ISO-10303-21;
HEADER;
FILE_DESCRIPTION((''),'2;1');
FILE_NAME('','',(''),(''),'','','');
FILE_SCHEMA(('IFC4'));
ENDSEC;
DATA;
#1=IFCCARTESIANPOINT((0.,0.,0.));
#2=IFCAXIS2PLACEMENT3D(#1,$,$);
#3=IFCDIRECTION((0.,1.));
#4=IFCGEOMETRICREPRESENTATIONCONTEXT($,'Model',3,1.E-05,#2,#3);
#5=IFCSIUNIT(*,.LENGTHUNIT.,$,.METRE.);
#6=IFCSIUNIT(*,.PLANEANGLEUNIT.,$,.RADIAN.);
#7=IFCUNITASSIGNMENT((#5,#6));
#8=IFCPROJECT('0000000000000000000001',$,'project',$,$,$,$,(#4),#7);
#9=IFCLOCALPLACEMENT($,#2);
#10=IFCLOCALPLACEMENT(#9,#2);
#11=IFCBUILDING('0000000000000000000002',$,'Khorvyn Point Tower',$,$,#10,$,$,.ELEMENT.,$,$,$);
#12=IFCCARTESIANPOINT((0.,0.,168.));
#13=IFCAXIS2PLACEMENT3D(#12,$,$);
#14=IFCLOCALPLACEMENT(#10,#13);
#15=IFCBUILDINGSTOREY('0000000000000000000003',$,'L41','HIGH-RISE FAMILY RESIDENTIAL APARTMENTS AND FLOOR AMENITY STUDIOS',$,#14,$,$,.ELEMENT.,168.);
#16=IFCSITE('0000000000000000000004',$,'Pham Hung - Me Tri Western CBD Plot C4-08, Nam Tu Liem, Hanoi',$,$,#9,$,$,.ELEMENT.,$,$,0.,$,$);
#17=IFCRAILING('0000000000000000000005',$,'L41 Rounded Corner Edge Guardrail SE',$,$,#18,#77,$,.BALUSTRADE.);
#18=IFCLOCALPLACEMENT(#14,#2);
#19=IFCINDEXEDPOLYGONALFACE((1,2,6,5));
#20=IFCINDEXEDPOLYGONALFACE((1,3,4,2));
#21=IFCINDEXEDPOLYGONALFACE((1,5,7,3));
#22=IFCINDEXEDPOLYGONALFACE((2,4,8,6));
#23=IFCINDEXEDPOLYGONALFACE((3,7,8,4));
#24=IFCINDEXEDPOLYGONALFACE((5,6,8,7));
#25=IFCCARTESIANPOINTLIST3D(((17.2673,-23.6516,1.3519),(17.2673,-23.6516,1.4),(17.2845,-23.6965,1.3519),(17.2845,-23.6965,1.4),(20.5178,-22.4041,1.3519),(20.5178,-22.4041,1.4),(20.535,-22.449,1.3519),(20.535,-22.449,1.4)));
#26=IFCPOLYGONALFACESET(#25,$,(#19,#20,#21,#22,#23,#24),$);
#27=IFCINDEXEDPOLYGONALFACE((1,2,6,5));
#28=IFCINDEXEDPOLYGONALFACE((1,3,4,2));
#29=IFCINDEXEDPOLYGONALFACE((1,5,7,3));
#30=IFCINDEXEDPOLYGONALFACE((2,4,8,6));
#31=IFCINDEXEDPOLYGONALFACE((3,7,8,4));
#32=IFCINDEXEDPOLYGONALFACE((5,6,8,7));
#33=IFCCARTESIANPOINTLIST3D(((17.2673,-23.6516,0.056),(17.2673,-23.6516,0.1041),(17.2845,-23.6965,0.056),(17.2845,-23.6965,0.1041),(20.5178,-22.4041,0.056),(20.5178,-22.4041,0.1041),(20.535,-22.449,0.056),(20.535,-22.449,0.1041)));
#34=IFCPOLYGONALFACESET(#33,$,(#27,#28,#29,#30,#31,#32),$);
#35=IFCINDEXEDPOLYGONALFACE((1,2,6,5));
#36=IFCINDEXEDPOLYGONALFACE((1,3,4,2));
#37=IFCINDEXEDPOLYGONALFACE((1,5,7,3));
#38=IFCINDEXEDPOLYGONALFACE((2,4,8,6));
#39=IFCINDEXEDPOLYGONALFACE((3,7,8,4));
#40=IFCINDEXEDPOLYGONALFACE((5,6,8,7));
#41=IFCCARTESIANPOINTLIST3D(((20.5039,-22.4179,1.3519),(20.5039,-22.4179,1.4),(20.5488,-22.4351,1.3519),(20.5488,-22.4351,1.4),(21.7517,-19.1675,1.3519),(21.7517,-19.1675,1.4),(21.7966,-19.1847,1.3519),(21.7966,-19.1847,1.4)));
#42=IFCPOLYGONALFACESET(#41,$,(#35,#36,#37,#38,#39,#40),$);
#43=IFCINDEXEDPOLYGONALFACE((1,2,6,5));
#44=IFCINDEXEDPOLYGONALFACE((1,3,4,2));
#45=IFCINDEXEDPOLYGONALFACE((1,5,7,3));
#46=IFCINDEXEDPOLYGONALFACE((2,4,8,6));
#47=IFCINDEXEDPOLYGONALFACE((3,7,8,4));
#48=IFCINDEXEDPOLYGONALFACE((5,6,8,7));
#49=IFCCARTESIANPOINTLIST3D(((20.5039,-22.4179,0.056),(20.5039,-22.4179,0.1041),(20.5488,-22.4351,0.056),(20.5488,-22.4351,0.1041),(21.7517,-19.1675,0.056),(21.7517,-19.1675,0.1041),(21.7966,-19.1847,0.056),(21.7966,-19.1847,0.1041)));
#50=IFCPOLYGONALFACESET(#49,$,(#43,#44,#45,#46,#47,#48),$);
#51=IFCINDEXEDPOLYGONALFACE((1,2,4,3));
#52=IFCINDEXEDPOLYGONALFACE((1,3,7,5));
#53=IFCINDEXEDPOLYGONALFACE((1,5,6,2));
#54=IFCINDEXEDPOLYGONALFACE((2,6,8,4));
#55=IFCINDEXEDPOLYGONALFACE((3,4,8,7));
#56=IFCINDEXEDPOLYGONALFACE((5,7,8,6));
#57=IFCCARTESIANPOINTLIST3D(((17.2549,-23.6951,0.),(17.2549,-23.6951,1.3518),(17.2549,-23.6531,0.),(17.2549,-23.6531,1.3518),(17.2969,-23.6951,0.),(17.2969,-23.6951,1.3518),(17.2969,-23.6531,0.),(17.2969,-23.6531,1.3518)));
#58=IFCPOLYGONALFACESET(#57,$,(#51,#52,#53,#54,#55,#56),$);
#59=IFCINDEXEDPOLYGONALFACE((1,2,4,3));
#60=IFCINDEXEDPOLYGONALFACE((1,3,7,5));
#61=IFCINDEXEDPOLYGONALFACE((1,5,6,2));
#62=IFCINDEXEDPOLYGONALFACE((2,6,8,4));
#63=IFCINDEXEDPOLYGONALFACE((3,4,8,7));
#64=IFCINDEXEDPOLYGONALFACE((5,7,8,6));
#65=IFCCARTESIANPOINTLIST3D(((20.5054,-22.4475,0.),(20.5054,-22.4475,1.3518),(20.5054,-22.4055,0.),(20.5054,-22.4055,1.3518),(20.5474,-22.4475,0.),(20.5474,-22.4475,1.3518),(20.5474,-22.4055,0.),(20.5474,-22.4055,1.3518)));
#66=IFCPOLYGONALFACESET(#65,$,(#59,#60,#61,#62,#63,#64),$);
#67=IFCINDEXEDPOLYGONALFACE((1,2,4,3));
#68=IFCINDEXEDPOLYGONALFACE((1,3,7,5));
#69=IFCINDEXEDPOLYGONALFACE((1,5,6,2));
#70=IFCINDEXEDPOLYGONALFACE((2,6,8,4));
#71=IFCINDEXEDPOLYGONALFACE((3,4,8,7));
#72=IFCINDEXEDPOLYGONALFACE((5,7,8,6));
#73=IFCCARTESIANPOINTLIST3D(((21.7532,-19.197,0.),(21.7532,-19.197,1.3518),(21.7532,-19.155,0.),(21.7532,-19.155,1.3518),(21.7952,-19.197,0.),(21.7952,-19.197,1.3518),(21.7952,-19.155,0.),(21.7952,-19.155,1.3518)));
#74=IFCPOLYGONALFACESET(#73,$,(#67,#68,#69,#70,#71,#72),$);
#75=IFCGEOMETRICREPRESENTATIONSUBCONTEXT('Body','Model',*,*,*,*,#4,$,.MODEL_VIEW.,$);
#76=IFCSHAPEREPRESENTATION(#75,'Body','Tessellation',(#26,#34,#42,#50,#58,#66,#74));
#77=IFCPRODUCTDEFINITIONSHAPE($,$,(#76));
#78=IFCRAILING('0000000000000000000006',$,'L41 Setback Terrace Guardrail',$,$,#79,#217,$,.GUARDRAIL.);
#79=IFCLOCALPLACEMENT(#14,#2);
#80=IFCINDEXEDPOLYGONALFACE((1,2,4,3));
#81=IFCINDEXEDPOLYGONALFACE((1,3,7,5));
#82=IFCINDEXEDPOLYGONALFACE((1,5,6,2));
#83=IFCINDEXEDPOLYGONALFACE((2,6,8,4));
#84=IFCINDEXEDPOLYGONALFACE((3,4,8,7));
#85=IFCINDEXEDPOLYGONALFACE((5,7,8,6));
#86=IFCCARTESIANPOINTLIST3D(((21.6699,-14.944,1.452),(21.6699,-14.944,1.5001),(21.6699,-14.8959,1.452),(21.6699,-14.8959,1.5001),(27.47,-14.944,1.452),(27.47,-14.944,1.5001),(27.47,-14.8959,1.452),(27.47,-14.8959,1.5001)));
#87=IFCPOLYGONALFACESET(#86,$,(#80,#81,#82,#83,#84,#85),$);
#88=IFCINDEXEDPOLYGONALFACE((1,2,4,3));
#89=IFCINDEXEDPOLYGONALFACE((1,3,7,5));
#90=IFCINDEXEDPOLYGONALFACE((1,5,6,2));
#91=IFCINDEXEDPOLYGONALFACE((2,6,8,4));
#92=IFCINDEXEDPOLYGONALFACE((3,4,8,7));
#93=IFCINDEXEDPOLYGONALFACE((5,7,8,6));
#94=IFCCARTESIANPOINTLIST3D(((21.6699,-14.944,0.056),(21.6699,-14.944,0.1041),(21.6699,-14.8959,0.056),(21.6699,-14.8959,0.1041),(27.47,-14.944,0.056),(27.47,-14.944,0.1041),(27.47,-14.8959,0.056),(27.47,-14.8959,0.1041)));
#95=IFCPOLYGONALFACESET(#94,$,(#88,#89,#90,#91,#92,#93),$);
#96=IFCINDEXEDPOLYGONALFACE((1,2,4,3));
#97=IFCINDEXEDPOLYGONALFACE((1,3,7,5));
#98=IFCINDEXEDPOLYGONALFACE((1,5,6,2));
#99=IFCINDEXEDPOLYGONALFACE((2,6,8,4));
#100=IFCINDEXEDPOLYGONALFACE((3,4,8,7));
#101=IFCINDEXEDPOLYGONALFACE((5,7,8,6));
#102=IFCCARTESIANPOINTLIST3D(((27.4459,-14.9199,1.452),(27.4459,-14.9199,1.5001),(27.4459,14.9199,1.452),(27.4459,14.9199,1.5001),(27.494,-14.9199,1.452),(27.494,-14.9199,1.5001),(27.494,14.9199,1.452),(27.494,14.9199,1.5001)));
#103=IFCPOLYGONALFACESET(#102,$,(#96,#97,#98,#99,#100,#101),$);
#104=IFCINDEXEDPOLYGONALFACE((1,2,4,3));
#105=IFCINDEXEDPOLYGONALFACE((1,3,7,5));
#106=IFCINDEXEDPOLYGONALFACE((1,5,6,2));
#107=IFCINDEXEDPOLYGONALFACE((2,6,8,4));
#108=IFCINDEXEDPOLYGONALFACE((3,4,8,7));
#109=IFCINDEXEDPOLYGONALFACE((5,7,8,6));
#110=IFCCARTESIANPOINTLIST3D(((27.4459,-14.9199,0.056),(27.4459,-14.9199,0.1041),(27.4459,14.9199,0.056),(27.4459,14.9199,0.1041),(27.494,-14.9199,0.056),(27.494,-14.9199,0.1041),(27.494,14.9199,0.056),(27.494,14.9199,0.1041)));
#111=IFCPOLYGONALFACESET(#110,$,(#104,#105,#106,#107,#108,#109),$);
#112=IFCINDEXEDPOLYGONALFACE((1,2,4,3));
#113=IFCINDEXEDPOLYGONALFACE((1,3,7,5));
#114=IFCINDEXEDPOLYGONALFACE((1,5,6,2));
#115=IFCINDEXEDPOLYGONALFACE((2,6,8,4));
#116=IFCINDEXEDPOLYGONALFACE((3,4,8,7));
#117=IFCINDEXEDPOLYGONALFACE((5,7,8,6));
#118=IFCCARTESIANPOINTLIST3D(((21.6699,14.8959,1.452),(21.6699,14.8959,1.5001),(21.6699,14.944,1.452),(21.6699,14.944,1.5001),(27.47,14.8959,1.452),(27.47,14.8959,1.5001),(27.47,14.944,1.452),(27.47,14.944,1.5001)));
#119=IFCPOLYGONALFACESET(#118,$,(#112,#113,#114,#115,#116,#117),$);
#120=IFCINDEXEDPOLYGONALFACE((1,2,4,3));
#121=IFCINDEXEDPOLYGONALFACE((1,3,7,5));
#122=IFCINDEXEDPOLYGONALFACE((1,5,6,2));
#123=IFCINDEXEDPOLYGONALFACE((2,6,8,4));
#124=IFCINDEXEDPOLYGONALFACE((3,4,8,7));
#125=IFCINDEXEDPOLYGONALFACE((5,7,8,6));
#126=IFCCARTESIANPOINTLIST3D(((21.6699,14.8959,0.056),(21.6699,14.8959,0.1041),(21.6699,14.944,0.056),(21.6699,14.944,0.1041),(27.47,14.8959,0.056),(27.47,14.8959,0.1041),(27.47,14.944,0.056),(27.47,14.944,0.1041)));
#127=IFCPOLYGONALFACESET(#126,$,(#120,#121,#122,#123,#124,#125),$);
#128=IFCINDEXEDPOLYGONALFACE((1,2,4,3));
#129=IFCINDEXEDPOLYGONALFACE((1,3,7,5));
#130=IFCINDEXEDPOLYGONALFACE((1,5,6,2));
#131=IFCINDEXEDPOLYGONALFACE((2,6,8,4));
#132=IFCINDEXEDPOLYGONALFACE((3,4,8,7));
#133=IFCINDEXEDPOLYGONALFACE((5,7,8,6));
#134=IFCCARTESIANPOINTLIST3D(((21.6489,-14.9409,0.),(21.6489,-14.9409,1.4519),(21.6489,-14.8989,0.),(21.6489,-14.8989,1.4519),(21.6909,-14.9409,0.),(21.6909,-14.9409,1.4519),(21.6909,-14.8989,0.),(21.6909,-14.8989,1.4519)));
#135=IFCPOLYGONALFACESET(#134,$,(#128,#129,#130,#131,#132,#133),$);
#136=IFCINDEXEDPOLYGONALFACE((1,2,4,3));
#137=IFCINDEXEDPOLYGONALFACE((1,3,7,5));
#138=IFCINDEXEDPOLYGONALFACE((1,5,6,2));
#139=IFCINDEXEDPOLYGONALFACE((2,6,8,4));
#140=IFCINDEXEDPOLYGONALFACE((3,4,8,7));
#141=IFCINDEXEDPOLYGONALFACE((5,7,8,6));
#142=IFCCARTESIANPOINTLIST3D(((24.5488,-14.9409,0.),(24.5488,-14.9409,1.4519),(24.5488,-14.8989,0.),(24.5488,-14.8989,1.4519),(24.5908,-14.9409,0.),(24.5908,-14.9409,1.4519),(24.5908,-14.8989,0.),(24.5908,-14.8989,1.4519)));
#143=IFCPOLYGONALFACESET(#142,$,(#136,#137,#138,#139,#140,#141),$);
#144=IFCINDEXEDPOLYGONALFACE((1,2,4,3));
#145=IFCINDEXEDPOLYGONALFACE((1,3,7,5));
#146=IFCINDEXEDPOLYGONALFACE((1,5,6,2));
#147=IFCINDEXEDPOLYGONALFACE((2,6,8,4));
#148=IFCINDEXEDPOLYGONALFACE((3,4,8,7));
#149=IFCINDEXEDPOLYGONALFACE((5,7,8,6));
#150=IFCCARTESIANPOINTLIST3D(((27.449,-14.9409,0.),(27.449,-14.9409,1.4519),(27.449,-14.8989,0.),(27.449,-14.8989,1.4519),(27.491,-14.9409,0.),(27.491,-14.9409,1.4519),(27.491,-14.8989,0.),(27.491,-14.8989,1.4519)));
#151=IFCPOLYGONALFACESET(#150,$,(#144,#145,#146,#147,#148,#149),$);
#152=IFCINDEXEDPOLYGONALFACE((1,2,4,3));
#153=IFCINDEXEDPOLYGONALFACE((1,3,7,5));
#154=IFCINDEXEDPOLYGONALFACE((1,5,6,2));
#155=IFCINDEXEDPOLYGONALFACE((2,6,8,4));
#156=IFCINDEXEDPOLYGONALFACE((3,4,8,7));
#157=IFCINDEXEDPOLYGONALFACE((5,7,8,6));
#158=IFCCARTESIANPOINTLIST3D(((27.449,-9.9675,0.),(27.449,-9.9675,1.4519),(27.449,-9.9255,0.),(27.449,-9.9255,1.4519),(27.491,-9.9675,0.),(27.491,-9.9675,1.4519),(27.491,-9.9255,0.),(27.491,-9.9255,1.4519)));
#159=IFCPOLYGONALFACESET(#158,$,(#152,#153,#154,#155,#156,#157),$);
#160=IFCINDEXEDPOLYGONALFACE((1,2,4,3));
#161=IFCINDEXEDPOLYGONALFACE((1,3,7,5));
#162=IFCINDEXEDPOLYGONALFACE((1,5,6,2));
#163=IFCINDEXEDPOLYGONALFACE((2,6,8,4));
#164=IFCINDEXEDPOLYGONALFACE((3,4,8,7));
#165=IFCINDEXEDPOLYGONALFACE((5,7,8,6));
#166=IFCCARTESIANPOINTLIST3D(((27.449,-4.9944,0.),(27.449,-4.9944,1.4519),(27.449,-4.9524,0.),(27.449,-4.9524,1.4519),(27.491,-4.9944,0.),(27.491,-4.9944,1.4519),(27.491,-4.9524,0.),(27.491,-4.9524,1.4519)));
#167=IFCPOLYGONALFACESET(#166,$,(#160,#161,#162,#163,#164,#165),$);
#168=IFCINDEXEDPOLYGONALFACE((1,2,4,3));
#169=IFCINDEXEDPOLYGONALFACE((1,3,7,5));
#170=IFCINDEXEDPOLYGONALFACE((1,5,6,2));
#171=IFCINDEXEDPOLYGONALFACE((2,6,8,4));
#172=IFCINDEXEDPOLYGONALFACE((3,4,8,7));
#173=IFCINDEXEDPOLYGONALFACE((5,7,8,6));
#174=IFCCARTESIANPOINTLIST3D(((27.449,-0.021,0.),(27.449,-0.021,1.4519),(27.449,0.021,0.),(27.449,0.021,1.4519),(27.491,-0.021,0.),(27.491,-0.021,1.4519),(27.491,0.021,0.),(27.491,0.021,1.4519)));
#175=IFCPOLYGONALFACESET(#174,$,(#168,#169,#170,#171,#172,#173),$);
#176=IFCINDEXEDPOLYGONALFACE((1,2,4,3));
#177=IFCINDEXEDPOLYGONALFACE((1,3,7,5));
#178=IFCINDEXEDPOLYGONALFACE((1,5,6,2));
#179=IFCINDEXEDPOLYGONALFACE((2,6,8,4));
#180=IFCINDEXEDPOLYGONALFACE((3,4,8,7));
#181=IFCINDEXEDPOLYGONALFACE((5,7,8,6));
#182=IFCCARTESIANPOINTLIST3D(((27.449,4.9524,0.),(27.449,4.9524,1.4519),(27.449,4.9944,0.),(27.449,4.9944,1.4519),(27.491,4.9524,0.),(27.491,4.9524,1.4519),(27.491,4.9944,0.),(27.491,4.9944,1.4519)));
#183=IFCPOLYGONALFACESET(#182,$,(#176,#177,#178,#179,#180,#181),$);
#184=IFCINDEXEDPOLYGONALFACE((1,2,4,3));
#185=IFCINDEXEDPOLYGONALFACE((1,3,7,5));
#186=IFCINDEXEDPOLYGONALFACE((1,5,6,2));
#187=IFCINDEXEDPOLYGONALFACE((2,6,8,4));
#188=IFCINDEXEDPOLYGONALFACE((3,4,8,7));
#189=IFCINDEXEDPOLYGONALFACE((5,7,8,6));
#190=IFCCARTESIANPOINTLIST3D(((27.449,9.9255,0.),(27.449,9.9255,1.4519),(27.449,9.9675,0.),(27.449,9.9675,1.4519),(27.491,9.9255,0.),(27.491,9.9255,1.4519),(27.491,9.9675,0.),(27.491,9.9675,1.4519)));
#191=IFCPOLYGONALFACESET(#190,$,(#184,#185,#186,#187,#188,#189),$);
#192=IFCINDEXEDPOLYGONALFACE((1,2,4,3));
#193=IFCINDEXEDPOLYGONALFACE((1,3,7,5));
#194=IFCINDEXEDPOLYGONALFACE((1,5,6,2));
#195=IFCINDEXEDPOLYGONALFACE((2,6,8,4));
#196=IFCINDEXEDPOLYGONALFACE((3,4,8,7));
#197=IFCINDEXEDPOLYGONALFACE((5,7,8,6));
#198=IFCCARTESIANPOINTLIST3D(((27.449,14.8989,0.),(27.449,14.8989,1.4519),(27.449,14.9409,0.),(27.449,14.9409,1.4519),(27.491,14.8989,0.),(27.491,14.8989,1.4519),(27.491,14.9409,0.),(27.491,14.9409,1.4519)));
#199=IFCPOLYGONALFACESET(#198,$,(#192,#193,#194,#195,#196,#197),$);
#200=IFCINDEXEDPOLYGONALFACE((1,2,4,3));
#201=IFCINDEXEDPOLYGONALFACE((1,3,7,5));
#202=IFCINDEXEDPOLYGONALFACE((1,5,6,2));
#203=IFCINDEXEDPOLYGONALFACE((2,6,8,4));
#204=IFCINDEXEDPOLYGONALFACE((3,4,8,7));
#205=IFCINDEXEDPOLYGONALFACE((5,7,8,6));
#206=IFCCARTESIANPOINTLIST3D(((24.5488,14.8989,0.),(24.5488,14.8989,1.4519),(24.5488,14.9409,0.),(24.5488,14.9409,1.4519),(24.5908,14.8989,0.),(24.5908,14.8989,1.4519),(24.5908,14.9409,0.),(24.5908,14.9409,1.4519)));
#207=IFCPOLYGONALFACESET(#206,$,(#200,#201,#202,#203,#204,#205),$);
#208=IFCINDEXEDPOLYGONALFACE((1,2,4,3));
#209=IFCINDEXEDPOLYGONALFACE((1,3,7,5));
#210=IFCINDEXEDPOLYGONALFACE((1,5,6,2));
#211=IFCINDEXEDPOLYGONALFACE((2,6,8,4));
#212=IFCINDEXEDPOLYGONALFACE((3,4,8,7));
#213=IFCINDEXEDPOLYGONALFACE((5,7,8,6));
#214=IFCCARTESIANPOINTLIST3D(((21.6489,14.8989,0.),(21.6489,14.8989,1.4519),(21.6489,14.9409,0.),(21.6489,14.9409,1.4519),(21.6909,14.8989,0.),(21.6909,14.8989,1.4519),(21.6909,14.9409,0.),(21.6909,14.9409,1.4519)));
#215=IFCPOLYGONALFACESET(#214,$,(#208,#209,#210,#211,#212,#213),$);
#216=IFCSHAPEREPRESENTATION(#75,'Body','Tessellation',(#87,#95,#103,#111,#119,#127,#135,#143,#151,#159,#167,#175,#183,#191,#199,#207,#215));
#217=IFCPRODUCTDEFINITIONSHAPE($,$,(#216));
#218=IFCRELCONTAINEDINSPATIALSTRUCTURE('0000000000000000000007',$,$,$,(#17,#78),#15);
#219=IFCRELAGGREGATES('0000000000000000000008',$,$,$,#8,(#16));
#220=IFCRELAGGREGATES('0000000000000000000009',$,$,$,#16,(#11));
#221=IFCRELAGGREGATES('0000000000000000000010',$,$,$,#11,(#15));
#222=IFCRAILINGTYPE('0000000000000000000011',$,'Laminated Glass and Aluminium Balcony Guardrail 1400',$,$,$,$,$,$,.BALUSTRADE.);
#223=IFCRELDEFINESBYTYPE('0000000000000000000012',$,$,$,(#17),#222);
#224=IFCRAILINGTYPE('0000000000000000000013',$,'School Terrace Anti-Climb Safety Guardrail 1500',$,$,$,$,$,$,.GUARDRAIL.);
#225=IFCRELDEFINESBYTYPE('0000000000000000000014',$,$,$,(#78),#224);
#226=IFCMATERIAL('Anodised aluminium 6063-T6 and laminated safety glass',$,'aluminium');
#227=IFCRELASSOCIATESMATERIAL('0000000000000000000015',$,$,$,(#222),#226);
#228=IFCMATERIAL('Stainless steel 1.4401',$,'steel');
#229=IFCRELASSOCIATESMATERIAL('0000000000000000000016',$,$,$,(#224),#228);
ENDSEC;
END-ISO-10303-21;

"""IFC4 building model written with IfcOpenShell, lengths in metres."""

from ifc_helpers import new_model, si_unit, direction, frame, origin, origin_2d, place, context, subcontext, project, spatial, rectangle, extrude, material, type_object, element, save


model = new_model("IFC4")

# Units and contexts
model_context = context("Model", 3, precision=1e-05, world=origin(), true_north=direction((0.0, 1.0)))
body_context = subcontext(model_context, "Body", "Model", "MODEL_VIEW")
ifc_project = project(units=[si_unit("LENGTHUNIT", "METRE"), si_unit("PLANEANGLEUNIT", "RADIAN")], contexts=[model_context])

# Site, building, storey
site_placement = place(None, origin())
site = spatial("IfcSite", under=ifc_project, at=site_placement, Name="Pham Hung - Me Tri Western CBD Plot C4-08, Nam Tu Liem, Hanoi", CompositionType="ELEMENT", RefElevation=0.0)
building_placement = place(site_placement, origin())
building = spatial("IfcBuilding", under=site, at=building_placement, Name="Khorvyn Point Tower", CompositionType="ELEMENT")
storey_placement = place(building_placement, frame((0.0, 0.0, 168.0)))
storey = spatial("IfcBuildingStorey", under=building, at=storey_placement, Name="L41", Description="HIGH-RISE FAMILY RESIDENTIAL APARTMENTS AND FLOOR AMENITY STUDIOS", CompositionType="ELEMENT", Elevation=168.0)

# Railings
ifc_material_1 = material(Name="Anodised aluminium 6063-T6 and laminated safety glass", Category="aluminium")
railing_type_1 = type_object("IfcRailingType", Name="Laminated Glass and Aluminium Balcony Guardrail 1400", PredefinedType="BALUSTRADE", material=ifc_material_1)
railing_1_placement = place(storey_placement, frame((17.2759, -23.6741, 0.0)))
element("IfcRailing", 1, at=railing_1_placement, inside=storey, type_object=railing_type_1, Name="L41 Rounded Corner Edge Guardrail SE", PredefinedType="BALUSTRADE", context=body_context, shape_type="SweptSolid", body=[
    extrude(rectangle(XDim=0.0481, YDim=0.0481, at=origin_2d()), frame((0.0, 0.0, 1.376), z_axis=(0.933598, 0.358321, 0.0), x_axis=(-0.358321, 0.933598, 0.0)), (0.0, 0.0, 1.0), 3.4817),
    extrude(rectangle(XDim=0.0481, YDim=0.0481, at=origin_2d()), frame((0.0, 0.0, 0.0801), z_axis=(0.933598, 0.358321, 0.0), x_axis=(-0.358321, 0.933598, 0.0)), (0.0, 0.0, 1.0), 3.4817),
    extrude(rectangle(XDim=0.0481, YDim=0.0481, at=origin_2d()), frame((3.2505, 1.2476, 1.376), z_axis=(0.358382, 0.933575, 0.0), x_axis=(-0.933575, 0.358382, 0.0)), (0.0, 0.0, 1.0), 3.4817),
    extrude(rectangle(XDim=0.0481, YDim=0.0481, at=origin_2d()), frame((3.2505, 1.2476, 0.0801), z_axis=(0.358382, 0.933575, 0.0), x_axis=(-0.933575, 0.358382, 0.0)), (0.0, 0.0, 1.0), 3.4817),
    extrude(rectangle(XDim=0.042, YDim=0.042, at=origin_2d()), origin(), (0.0, 0.0, 1.0), 1.3518),
    extrude(rectangle(XDim=0.042, YDim=0.042, at=origin_2d()), frame((3.2505, 1.2476, 0.0)), (0.0, 0.0, 1.0), 1.3518),
    extrude(rectangle(XDim=0.042, YDim=0.042, at=origin_2d()), frame((4.4983, 4.498, 0.0)), (0.0, 0.0, 1.0), 1.3518),
])
ifc_material_2 = material(Name="Stainless steel 1.4401", Category="steel")
railing_type_2 = type_object("IfcRailingType", Name="School Terrace Anti-Climb Safety Guardrail 1500", PredefinedType="GUARDRAIL", material=ifc_material_2)
railing_2_placement = place(storey_placement, frame((21.6699, -14.9199, 0.0)))
element("IfcRailing", 2, at=railing_2_placement, inside=storey, type_object=railing_type_2, Name="L41 Setback Terrace Guardrail", PredefinedType="GUARDRAIL", context=body_context, shape_type="SweptSolid", body=[
    extrude(rectangle(XDim=0.0481, YDim=0.0481, at=origin_2d()), frame((0.0, 0.0, 1.4761), z_axis=(1.0, 0.0, 0.0), x_axis=(0.0, 1.0, 0.0)), (0.0, 0.0, 1.0), 5.8),
    extrude(rectangle(XDim=0.0481, YDim=0.0481, at=origin_2d()), frame((0.0, 0.0, 0.0801), z_axis=(1.0, 0.0, 0.0), x_axis=(0.0, 1.0, 0.0)), (0.0, 0.0, 1.0), 5.8),
    extrude(rectangle(XDim=0.0481, YDim=0.0481, at=origin_2d()), frame((5.8, 0.0, 1.4761), z_axis=(0.0, 1.0, 0.0), x_axis=(-1.0, 0.0, 0.0)), (0.0, 0.0, 1.0), 29.8398),
    extrude(rectangle(XDim=0.0481, YDim=0.0481, at=origin_2d()), frame((5.8, 0.0, 0.0801), z_axis=(0.0, 1.0, 0.0), x_axis=(-1.0, 0.0, 0.0)), (0.0, 0.0, 1.0), 29.8398),
    extrude(rectangle(XDim=0.0481, YDim=0.0481, at=origin_2d()), frame((5.8, 29.8398, 1.4761), z_axis=(-1.0, 0.0, 0.0), x_axis=(0.0, -1.0, 0.0)), (0.0, 0.0, 1.0), 5.8),
    extrude(rectangle(XDim=0.0481, YDim=0.0481, at=origin_2d()), frame((5.8, 29.8398, 0.0801), z_axis=(-1.0, 0.0, 0.0), x_axis=(0.0, -1.0, 0.0)), (0.0, 0.0, 1.0), 5.8),
    extrude(rectangle(XDim=0.042, YDim=0.042, at=origin_2d()), origin(), (0.0, 0.0, 1.0), 1.4519),
    extrude(rectangle(XDim=0.042, YDim=0.042, at=origin_2d()), frame((2.8999, 0.0, 0.0)), (0.0, 0.0, 1.0), 1.4519),
    extrude(rectangle(XDim=0.042, YDim=0.042, at=origin_2d()), frame((5.8, 0.0, 0.0)), (0.0, 0.0, 1.0), 1.4519),
    extrude(rectangle(XDim=0.042, YDim=0.042, at=origin_2d()), frame((5.8, 4.9734, 0.0)), (0.0, 0.0, 1.0), 1.4519),
    extrude(rectangle(XDim=0.042, YDim=0.042, at=origin_2d()), frame((5.8, 9.9465, 0.0)), (0.0, 0.0, 1.0), 1.4519),
    extrude(rectangle(XDim=0.042, YDim=0.042, at=origin_2d()), frame((5.8, 14.9199, 0.0)), (0.0, 0.0, 1.0), 1.4519),
    extrude(rectangle(XDim=0.042, YDim=0.042, at=origin_2d()), frame((5.8, 19.8933, 0.0)), (0.0, 0.0, 1.0), 1.4519),
    extrude(rectangle(XDim=0.042, YDim=0.042, at=origin_2d()), frame((5.8, 24.8665, 0.0)), (0.0, 0.0, 1.0), 1.4519),
    extrude(rectangle(XDim=0.042, YDim=0.042, at=origin_2d()), frame((5.8, 29.8398, 0.0)), (0.0, 0.0, 1.0), 1.4519),
    extrude(rectangle(XDim=0.042, YDim=0.042, at=origin_2d()), frame((2.8999, 29.8398, 0.0)), (0.0, 0.0, 1.0), 1.4519),
    extrude(rectangle(XDim=0.042, YDim=0.042, at=origin_2d()), frame((0.0, 29.8398, 0.0)), (0.0, 0.0, 1.0), 1.4519),
])

save(model, "model.ifc")
